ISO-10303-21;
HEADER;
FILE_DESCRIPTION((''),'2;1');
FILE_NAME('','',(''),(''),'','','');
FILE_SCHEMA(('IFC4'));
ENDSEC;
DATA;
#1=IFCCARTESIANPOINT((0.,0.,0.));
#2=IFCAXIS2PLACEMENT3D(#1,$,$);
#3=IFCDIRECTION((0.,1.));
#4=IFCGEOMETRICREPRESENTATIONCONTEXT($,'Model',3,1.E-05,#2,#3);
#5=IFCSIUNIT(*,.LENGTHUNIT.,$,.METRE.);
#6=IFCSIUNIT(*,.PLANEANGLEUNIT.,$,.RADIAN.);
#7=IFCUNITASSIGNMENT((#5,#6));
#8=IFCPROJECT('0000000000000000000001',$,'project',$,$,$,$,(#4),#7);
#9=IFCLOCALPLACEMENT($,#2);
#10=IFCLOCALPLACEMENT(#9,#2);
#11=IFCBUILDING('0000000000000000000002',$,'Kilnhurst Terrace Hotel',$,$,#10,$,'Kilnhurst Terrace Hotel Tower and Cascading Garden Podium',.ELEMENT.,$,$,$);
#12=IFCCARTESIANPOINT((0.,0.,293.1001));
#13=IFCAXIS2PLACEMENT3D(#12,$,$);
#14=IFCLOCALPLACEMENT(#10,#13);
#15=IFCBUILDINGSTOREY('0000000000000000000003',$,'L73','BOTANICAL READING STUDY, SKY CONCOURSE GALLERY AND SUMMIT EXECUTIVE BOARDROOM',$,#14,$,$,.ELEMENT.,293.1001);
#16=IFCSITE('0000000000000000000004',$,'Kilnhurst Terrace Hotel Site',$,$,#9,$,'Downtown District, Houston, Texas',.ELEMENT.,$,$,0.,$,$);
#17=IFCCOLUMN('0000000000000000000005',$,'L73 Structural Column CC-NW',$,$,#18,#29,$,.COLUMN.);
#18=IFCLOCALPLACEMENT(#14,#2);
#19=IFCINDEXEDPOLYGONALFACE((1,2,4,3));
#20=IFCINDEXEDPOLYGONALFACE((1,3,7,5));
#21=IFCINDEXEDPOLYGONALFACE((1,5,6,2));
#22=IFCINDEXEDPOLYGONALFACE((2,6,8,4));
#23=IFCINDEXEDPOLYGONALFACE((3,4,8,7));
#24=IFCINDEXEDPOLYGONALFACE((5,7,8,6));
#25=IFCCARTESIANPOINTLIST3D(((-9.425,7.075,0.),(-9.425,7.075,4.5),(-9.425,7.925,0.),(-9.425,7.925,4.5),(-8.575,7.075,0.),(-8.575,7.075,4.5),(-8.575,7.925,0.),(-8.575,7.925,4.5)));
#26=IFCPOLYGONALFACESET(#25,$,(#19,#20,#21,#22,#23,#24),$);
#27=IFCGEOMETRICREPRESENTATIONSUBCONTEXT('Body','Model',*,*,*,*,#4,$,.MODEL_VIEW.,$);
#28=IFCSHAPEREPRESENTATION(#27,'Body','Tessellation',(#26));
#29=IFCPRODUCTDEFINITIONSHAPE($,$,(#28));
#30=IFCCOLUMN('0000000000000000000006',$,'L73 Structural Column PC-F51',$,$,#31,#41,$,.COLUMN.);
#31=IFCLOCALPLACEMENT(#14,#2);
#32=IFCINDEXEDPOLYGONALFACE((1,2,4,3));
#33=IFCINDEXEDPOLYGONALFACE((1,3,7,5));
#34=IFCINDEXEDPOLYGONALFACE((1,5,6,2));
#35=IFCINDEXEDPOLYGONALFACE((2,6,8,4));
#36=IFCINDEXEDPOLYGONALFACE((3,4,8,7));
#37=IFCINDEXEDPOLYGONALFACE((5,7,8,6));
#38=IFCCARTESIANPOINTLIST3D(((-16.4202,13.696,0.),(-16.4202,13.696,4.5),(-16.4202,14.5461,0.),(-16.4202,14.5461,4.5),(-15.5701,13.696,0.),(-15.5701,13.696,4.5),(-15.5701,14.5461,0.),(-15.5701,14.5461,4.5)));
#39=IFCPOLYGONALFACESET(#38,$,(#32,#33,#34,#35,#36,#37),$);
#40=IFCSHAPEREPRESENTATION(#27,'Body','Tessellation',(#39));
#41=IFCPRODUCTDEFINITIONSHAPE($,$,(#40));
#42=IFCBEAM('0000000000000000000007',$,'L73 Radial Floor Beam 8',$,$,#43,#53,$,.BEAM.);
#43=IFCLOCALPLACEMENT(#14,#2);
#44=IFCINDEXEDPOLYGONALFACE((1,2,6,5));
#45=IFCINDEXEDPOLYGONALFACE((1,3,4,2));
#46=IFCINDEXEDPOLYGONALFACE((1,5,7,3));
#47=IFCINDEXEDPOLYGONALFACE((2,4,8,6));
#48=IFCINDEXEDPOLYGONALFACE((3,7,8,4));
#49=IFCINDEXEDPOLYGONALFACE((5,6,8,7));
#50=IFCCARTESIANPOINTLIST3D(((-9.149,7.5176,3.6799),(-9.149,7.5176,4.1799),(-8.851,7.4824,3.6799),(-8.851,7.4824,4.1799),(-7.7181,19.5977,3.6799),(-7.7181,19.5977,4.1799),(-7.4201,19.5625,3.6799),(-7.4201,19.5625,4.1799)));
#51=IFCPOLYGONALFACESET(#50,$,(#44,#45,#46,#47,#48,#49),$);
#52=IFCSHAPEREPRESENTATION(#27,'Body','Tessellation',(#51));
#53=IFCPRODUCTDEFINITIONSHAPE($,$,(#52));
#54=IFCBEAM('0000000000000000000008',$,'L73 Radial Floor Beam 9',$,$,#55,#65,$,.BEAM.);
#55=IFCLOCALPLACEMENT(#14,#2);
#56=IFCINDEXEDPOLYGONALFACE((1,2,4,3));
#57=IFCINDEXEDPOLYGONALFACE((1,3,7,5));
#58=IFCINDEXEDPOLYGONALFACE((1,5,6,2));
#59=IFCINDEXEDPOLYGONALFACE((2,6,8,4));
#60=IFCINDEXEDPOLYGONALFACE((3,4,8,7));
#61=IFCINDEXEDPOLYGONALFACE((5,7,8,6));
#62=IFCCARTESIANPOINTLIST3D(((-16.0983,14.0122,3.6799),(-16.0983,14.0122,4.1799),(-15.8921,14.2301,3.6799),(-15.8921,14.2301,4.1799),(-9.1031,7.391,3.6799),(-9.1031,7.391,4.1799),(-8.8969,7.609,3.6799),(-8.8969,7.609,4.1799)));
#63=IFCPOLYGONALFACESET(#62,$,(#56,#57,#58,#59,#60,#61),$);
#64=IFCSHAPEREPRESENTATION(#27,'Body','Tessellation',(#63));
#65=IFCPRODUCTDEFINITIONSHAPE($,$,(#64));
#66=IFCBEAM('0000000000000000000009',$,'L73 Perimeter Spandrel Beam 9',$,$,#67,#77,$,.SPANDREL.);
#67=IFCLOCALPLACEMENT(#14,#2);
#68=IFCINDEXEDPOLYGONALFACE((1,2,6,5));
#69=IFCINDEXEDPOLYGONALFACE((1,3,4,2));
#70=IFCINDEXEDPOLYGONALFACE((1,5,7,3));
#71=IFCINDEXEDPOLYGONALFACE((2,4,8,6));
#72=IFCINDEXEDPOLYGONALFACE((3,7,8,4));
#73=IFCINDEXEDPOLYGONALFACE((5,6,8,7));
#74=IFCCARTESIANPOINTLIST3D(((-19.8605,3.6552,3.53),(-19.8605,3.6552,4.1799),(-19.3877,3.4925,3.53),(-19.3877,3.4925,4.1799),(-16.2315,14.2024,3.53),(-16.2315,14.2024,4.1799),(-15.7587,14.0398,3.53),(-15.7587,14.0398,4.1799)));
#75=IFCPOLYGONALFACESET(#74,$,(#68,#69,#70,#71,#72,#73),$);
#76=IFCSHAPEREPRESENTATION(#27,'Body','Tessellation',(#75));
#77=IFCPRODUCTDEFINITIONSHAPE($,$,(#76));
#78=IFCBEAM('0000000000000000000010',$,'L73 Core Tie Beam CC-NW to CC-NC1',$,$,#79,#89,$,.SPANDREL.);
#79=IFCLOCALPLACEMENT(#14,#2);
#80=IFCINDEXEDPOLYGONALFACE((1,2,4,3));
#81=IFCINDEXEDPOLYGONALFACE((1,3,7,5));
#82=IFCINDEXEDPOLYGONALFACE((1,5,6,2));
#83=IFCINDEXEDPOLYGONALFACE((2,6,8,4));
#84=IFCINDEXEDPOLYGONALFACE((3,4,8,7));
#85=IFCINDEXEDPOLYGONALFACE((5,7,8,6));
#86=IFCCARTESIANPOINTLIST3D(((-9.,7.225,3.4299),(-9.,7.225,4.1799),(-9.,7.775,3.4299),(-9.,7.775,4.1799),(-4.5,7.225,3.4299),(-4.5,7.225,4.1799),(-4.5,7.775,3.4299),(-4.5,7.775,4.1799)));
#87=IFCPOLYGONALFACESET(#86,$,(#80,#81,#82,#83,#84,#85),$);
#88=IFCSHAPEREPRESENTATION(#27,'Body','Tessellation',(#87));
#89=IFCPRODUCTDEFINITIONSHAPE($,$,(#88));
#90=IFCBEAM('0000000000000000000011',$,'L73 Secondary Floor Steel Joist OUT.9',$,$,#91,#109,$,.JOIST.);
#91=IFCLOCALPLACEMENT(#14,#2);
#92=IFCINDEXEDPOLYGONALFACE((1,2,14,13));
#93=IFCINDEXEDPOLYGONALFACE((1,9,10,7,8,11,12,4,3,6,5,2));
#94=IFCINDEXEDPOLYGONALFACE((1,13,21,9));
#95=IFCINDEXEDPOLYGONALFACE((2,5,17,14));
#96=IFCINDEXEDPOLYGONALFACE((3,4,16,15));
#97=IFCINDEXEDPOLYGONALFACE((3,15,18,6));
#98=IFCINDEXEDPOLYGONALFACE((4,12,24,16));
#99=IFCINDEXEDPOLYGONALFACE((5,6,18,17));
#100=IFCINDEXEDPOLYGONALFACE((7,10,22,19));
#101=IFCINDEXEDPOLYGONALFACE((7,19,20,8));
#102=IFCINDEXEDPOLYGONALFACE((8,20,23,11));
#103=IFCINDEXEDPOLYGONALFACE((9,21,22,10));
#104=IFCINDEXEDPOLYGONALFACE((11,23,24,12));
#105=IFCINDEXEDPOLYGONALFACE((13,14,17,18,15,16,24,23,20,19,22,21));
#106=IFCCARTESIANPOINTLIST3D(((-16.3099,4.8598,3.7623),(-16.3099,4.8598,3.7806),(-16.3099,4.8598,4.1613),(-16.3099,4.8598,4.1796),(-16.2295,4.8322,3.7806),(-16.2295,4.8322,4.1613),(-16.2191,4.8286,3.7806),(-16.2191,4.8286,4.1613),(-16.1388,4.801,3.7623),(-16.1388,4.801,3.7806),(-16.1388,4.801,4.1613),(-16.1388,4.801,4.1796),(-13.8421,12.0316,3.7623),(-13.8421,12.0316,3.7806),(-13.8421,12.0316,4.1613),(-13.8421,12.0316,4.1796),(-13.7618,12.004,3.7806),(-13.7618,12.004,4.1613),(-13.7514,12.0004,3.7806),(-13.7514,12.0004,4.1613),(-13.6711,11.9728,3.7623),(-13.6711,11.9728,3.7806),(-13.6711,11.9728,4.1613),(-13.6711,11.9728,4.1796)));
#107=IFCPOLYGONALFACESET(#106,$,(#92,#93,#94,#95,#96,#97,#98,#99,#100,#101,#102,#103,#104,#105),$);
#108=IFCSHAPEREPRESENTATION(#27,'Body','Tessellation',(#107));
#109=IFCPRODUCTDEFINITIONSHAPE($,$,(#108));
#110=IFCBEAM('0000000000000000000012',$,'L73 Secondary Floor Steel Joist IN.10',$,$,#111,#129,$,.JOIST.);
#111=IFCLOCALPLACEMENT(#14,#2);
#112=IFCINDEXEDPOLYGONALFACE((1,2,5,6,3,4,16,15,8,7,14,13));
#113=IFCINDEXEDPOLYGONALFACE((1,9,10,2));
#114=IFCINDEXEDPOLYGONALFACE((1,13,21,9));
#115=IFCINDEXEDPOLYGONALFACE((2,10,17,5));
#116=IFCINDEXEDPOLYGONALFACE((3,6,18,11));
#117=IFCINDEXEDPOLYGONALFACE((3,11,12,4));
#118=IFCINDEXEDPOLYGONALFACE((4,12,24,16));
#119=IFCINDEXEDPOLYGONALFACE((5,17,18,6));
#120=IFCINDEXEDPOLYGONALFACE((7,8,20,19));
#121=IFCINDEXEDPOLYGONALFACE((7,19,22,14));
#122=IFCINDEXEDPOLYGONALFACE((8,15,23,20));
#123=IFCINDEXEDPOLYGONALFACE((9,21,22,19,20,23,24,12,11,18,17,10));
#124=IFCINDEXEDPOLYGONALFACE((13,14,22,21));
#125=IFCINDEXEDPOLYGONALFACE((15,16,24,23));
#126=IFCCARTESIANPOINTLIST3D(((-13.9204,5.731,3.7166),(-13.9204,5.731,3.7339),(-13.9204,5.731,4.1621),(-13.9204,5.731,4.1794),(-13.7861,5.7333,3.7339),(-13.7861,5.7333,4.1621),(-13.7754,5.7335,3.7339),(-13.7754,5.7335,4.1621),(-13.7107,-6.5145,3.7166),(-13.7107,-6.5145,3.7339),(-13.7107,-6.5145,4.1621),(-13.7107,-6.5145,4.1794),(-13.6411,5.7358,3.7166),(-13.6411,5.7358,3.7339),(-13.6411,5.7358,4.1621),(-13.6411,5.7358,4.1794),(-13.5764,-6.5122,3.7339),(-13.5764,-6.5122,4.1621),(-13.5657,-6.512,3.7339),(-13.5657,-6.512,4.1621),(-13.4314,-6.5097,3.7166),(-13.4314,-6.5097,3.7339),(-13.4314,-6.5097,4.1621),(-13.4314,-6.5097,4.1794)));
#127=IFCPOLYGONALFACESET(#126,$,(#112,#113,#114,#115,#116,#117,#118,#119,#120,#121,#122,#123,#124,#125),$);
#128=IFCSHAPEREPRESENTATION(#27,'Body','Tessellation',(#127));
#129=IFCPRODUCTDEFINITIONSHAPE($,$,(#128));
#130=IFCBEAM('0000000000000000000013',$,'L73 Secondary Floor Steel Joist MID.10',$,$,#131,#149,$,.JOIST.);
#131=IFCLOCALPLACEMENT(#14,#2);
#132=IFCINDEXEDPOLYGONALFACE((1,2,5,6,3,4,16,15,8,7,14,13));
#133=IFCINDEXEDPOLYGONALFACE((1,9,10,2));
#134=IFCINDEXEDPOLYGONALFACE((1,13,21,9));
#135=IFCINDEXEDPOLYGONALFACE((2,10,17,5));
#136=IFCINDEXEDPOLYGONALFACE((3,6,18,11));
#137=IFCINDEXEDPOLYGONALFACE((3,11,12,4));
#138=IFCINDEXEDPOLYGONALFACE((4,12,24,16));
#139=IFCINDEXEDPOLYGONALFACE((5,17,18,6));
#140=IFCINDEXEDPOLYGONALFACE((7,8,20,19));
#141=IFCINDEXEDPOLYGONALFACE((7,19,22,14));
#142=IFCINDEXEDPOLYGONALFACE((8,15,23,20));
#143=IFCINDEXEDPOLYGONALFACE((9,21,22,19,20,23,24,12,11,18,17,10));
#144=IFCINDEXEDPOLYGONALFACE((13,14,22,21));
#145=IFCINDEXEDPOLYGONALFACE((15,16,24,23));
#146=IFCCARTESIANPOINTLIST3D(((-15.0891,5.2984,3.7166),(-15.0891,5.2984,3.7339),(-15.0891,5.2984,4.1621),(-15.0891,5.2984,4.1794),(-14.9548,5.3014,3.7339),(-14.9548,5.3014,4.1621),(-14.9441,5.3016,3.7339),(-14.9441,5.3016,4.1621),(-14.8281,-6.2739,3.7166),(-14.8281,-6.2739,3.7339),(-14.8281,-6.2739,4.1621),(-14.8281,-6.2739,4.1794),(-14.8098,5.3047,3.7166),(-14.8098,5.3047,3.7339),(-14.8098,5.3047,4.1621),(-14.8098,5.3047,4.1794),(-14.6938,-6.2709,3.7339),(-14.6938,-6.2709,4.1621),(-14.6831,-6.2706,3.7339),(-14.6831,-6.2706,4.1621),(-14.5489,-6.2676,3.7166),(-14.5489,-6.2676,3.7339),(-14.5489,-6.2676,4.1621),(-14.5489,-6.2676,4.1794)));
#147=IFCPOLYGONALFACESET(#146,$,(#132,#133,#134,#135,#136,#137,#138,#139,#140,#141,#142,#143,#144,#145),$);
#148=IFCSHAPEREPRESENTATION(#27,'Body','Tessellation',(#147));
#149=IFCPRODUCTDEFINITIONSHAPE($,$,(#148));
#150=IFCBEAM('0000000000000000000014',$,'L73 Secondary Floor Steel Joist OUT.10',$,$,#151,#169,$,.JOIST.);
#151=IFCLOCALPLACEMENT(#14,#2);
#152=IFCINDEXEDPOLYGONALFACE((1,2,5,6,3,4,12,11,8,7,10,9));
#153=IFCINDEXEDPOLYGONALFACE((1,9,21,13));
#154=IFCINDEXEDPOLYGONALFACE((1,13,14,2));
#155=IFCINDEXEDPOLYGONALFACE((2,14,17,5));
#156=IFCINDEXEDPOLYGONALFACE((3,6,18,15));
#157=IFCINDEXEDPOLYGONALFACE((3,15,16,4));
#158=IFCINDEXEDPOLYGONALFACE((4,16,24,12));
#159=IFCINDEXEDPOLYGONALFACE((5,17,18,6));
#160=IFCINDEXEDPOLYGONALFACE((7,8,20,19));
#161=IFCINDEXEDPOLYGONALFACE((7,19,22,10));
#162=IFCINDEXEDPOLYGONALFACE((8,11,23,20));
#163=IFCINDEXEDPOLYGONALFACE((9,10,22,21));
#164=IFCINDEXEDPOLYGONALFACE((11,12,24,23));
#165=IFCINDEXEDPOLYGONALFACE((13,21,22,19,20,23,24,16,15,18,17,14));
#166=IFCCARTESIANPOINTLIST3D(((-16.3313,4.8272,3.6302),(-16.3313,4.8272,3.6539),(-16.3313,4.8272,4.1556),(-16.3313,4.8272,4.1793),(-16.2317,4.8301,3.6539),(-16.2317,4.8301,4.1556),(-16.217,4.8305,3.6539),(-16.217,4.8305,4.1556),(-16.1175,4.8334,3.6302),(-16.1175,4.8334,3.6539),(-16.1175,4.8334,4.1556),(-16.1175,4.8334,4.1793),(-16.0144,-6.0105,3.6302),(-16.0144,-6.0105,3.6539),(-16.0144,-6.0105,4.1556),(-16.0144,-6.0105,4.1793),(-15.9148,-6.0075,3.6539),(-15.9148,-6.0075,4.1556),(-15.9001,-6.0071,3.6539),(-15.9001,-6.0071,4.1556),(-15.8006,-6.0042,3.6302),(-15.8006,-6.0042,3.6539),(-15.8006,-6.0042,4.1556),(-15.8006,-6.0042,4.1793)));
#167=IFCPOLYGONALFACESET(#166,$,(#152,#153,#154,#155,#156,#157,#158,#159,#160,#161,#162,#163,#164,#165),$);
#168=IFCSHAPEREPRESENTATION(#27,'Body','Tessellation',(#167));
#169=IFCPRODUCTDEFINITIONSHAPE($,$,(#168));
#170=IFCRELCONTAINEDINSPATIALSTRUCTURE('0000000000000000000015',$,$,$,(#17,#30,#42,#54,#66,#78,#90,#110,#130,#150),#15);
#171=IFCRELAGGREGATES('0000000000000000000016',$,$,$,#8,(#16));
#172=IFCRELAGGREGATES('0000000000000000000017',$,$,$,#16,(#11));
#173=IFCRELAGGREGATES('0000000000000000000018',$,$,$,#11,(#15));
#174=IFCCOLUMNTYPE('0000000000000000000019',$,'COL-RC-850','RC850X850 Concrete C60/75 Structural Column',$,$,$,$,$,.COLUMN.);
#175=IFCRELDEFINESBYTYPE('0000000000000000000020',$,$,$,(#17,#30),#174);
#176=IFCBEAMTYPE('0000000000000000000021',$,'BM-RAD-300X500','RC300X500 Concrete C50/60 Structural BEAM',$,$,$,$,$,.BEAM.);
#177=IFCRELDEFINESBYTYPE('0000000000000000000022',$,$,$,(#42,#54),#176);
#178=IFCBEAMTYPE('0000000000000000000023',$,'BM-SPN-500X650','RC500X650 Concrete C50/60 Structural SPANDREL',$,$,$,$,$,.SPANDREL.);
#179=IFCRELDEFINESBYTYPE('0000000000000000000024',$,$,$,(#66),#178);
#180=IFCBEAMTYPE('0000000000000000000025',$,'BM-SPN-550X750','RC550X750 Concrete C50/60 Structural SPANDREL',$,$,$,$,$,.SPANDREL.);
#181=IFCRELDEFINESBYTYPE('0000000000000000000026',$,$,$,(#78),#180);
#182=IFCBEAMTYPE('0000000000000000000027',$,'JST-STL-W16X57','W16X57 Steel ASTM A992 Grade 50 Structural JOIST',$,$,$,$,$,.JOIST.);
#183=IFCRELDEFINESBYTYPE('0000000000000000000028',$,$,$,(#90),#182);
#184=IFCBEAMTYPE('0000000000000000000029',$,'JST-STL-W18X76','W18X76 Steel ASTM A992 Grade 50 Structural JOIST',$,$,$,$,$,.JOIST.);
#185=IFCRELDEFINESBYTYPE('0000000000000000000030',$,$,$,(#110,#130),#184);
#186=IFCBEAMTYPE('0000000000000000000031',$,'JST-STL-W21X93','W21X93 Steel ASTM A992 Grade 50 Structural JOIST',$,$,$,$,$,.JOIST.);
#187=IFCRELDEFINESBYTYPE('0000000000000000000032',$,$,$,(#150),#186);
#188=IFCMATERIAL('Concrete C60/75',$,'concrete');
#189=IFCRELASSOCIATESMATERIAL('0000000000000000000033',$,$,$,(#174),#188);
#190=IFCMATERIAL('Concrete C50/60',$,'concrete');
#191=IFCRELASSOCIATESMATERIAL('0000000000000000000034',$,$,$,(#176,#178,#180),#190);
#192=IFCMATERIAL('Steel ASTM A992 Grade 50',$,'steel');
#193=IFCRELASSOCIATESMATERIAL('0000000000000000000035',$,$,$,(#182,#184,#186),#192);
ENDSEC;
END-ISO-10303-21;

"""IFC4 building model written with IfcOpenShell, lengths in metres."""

from ifc_helpers import new_model, si_unit, direction, frame, origin, origin_2d, place, context, subcontext, project, spatial, rectangle, i_section, extrude, material, material_profile, profile_set, type_object, element, save


model = new_model("IFC4")

# Units and contexts
model_context = context("Model", 3, precision=1e-05, world=origin(), true_north=direction((0.0, 1.0)))
body_context = subcontext(model_context, "Body", "Model", "MODEL_VIEW")
ifc_project = project(units=[si_unit("LENGTHUNIT", "METRE"), si_unit("PLANEANGLEUNIT", "RADIAN")], contexts=[model_context])

# Site, building, storey
site_placement = place(None, origin())
site = spatial("IfcSite", under=ifc_project, at=site_placement, Name="Kilnhurst Terrace Hotel Site", LongName="Downtown District, Houston, Texas", CompositionType="ELEMENT", RefElevation=0.0)
building_placement = place(site_placement, origin())
building = spatial("IfcBuilding", under=site, at=building_placement, Name="Kilnhurst Terrace Hotel", LongName="Kilnhurst Terrace Hotel Tower and Cascading Garden Podium", CompositionType="ELEMENT")
storey_placement = place(building_placement, frame((0.0, 0.0, 293.1001)))
storey = spatial("IfcBuildingStorey", under=building, at=storey_placement, Name="L73", Description="BOTANICAL READING STUDY, SKY CONCOURSE GALLERY AND SUMMIT EXECUTIVE BOARDROOM", CompositionType="ELEMENT", Elevation=293.1001)

# Columns
ifc_material_1 = material(Name="Concrete C60/75", Category="concrete")
ifc_material_profile_1 = material_profile(ifc_material_1, rectangle(XDim=0.8501, YDim=0.8501, at=origin_2d()), Name="RC850X850")
ifc_profile_set_1 = profile_set([ifc_material_profile_1], Name="Concrete C60/75")
column_type = type_object("IfcColumnType", Name="COL-RC-850", Description="RC850X850 Concrete C60/75 Structural Column", PredefinedType="COLUMN", material=ifc_profile_set_1)
for number, where, z_axis, x_axis, name in (
    (1, (-9.0, 7.5, 0.0), (0.0, 0.0, 1.0), (1.0, 0.0, 0.0), "L73 Structural Column CC-NW"),
    (2, (-15.9951, 14.1211, 0.0), (0.0, 0.0, 1.0), (1.0, 0.0, 0.0), "L73 Structural Column PC-F51"),
):
    element("IfcColumn", number, at=place(storey_placement, frame(where, z_axis=z_axis, x_axis=x_axis)), inside=storey, type_object=column_type, Name=name, PredefinedType="COLUMN", context=body_context, shape_type="SweptSolid", body=[
        extrude(rectangle(XDim=0.8501, YDim=0.8501, at=origin_2d()), origin(), (0.0, 0.0, 1.0), 4.5),
    ])

# Beams
ifc_material_2 = material(Name="Concrete C50/60", Category="concrete")
ifc_material_profile_2 = material_profile(ifc_material_2, rectangle(XDim=0.3, YDim=0.5, at=origin_2d()), Name="RC300X500")
ifc_profile_set_2 = profile_set([ifc_material_profile_2], Name="Concrete C50/60")
beam_type_1 = type_object("IfcBeamType", Name="BM-RAD-300X500", Description="RC300X500 Concrete C50/60 Structural BEAM", PredefinedType="BEAM", material=ifc_profile_set_2)
beam_1_placement = place(storey_placement, frame((-9.0, 7.5, 3.9299), z_axis=(0.11763, 0.993058, 0.0), x_axis=(-0.993058, 0.11763, 0.0)))
element("IfcBeam", 3, at=beam_1_placement, inside=storey, type_object=beam_type_1, Name="L73 Radial Floor Beam 8", PredefinedType="BEAM", context=body_context, shape_type="SweptSolid", body=[
    extrude(rectangle(XDim=0.3, YDim=0.5, at=origin_2d()), origin(), (0.0, 0.0, 1.0), 12.1646),
])
beam_2_placement = place(storey_placement, frame((-9.0, 7.5, 3.9299), z_axis=(-0.726256, 0.687424, 0.0), x_axis=(-0.687424, -0.726256, 0.0)))
element("IfcBeam", 4, at=beam_2_placement, inside=storey, type_object=beam_type_1, Name="L73 Radial Floor Beam 9", PredefinedType="BEAM", context=body_context, shape_type="SweptSolid", body=[
    extrude(rectangle(XDim=0.3, YDim=0.5, at=origin_2d()), origin(), (0.0, 0.0, 1.0), 9.6318),
])
ifc_material_profile_3 = material_profile(ifc_material_2, rectangle(XDim=0.5, YDim=0.6499, at=origin_2d()), Name="RC500X650")
ifc_profile_set_3 = profile_set([ifc_material_profile_3], Name="Concrete C50/60")
beam_type_2 = type_object("IfcBeamType", Name="BM-SPN-500X650", Description="RC500X650 Concrete C50/60 Structural SPANDREL", PredefinedType="SPANDREL", material=ifc_profile_set_3)
beam_3_placement = place(storey_placement, frame((-15.9951, 14.1211, 3.855), z_axis=(-0.325347, -0.945595, 0.0), x_axis=(0.945595, -0.325347, 0.0)))
element("IfcBeam", 5, at=beam_3_placement, inside=storey, type_object=beam_type_2, Name="L73 Perimeter Spandrel Beam 9", PredefinedType="SPANDREL", context=body_context, shape_type="SweptSolid", body=[
    extrude(rectangle(XDim=0.5, YDim=0.6499, at=origin_2d()), origin(), (0.0, 0.0, 1.0), 11.1541),
])
ifc_material_profile_4 = material_profile(ifc_material_2, rectangle(XDim=0.55, YDim=0.75, at=origin_2d()), Name="RC550X750")
ifc_profile_set_4 = profile_set([ifc_material_profile_4], Name="Concrete C50/60")
beam_type_3 = type_object("IfcBeamType", Name="BM-SPN-550X750", Description="RC550X750 Concrete C50/60 Structural SPANDREL", PredefinedType="SPANDREL", material=ifc_profile_set_4)
beam_4_placement = place(storey_placement, frame((-9.0, 7.5, 3.8049), z_axis=(1.0, 0.0, 0.0), x_axis=(0.0, 1.0, 0.0)))
element("IfcBeam", 6, at=beam_4_placement, inside=storey, type_object=beam_type_3, Name="L73 Core Tie Beam CC-NW to CC-NC1", PredefinedType="SPANDREL", context=body_context, shape_type="SweptSolid", body=[
    extrude(rectangle(XDim=0.55, YDim=0.75, at=origin_2d()), origin(), (0.0, 0.0, 1.0), 4.5),
])
ifc_material_3 = material(Name="Steel ASTM A992 Grade 50", Category="steel")
ifc_material_profile_5 = material_profile(ifc_material_3, i_section(OverallWidth=0.1809, OverallDepth=0.4172, WebThickness=0.011, FlangeThickness=0.0183, at=origin_2d()), Name="W16X57")
ifc_profile_set_5 = profile_set([ifc_material_profile_5], Name="Steel ASTM A992 Grade 50")
beam_type_4 = type_object("IfcBeamType", Name="JST-STL-W16X57", Description="W16X57 Steel ASTM A992 Grade 50 Structural JOIST", PredefinedType="JOIST", material=ifc_profile_set_5)
beam_5_placement = place(storey_placement, frame((-13.7566, 12.0022, 3.9709), z_axis=(-0.325368, -0.945588, 0.0), x_axis=(0.945588, -0.325368, 0.0)))
element("IfcBeam", 7, at=beam_5_placement, inside=storey, type_object=beam_type_4, Name="L73 Secondary Floor Steel Joist OUT.9", PredefinedType="JOIST", context=body_context, shape_type="SweptSolid", body=[
    extrude(i_section(OverallWidth=0.1809, OverallDepth=0.4172, WebThickness=0.011, FlangeThickness=0.0183, at=origin_2d()), origin(), (0.0, 0.0, 1.0), 7.5845),
])
ifc_material_profile_6 = material_profile(ifc_material_3, i_section(OverallWidth=0.2793, OverallDepth=0.4629, WebThickness=0.0107, FlangeThickness=0.0173, at=origin_2d()), Name="W18X76")
ifc_profile_set_6 = profile_set([ifc_material_profile_6], Name="Steel ASTM A992 Grade 50")
beam_type_5 = type_object("IfcBeamType", Name="JST-STL-W18X76", Description="W18X76 Steel ASTM A992 Grade 50 Structural JOIST", PredefinedType="JOIST", material=ifc_profile_set_6)
beam_6_placement = place(storey_placement, frame((-13.7808, 5.7334, 3.948), z_axis=(0.017123, -0.999853, 0.0), x_axis=(0.999853, 0.017123, 0.0)))
element("IfcBeam", 8, at=beam_6_placement, inside=storey, type_object=beam_type_5, Name="L73 Secondary Floor Steel Joist IN.10", PredefinedType="JOIST", context=body_context, shape_type="SweptSolid", body=[
    extrude(i_section(OverallWidth=0.2793, OverallDepth=0.4629, WebThickness=0.0107, FlangeThickness=0.0173, at=origin_2d()), origin(), (0.0, 0.0, 1.0), 12.2473),
])
beam_7_placement = place(storey_placement, frame((-14.9495, 5.3015, 3.948), z_axis=(0.022547, -0.999746, 0.0), x_axis=(0.999746, 0.022547, 0.0)))
element("IfcBeam", 9, at=beam_7_placement, inside=storey, type_object=beam_type_5, Name="L73 Secondary Floor Steel Joist MID.10", PredefinedType="JOIST", context=body_context, shape_type="SweptSolid", body=[
    extrude(i_section(OverallWidth=0.2793, OverallDepth=0.4629, WebThickness=0.0107, FlangeThickness=0.0173, at=origin_2d()), origin(), (0.0, 0.0, 1.0), 11.5752),
])
ifc_material_profile_7 = material_profile(ifc_material_3, i_section(OverallWidth=0.2139, OverallDepth=0.5491, WebThickness=0.0146, FlangeThickness=0.0237, at=origin_2d()), Name="W21X93")
ifc_profile_set_7 = profile_set([ifc_material_profile_7], Name="Steel ASTM A992 Grade 50")
beam_type_6 = type_object("IfcBeamType", Name="JST-STL-W21X93", Description="W21X93 Steel ASTM A992 Grade 50 Structural JOIST", PredefinedType="JOIST", material=ifc_profile_set_7)
beam_8_placement = place(storey_placement, frame((-16.2244, 4.8303, 3.9048), z_axis=(0.029228, -0.999573, 0.0), x_axis=(0.999573, 0.029228, 0.0)))
element("IfcBeam", 10, at=beam_8_placement, inside=storey, type_object=beam_type_6, Name="L73 Secondary Floor Steel Joist OUT.10", PredefinedType="JOIST", context=body_context, shape_type="SweptSolid", body=[
    extrude(i_section(OverallWidth=0.2139, OverallDepth=0.5491, WebThickness=0.0146, FlangeThickness=0.0237, at=origin_2d()), origin(), (0.0, 0.0, 1.0), 10.8423),
])

save(model, "model.ifc")
